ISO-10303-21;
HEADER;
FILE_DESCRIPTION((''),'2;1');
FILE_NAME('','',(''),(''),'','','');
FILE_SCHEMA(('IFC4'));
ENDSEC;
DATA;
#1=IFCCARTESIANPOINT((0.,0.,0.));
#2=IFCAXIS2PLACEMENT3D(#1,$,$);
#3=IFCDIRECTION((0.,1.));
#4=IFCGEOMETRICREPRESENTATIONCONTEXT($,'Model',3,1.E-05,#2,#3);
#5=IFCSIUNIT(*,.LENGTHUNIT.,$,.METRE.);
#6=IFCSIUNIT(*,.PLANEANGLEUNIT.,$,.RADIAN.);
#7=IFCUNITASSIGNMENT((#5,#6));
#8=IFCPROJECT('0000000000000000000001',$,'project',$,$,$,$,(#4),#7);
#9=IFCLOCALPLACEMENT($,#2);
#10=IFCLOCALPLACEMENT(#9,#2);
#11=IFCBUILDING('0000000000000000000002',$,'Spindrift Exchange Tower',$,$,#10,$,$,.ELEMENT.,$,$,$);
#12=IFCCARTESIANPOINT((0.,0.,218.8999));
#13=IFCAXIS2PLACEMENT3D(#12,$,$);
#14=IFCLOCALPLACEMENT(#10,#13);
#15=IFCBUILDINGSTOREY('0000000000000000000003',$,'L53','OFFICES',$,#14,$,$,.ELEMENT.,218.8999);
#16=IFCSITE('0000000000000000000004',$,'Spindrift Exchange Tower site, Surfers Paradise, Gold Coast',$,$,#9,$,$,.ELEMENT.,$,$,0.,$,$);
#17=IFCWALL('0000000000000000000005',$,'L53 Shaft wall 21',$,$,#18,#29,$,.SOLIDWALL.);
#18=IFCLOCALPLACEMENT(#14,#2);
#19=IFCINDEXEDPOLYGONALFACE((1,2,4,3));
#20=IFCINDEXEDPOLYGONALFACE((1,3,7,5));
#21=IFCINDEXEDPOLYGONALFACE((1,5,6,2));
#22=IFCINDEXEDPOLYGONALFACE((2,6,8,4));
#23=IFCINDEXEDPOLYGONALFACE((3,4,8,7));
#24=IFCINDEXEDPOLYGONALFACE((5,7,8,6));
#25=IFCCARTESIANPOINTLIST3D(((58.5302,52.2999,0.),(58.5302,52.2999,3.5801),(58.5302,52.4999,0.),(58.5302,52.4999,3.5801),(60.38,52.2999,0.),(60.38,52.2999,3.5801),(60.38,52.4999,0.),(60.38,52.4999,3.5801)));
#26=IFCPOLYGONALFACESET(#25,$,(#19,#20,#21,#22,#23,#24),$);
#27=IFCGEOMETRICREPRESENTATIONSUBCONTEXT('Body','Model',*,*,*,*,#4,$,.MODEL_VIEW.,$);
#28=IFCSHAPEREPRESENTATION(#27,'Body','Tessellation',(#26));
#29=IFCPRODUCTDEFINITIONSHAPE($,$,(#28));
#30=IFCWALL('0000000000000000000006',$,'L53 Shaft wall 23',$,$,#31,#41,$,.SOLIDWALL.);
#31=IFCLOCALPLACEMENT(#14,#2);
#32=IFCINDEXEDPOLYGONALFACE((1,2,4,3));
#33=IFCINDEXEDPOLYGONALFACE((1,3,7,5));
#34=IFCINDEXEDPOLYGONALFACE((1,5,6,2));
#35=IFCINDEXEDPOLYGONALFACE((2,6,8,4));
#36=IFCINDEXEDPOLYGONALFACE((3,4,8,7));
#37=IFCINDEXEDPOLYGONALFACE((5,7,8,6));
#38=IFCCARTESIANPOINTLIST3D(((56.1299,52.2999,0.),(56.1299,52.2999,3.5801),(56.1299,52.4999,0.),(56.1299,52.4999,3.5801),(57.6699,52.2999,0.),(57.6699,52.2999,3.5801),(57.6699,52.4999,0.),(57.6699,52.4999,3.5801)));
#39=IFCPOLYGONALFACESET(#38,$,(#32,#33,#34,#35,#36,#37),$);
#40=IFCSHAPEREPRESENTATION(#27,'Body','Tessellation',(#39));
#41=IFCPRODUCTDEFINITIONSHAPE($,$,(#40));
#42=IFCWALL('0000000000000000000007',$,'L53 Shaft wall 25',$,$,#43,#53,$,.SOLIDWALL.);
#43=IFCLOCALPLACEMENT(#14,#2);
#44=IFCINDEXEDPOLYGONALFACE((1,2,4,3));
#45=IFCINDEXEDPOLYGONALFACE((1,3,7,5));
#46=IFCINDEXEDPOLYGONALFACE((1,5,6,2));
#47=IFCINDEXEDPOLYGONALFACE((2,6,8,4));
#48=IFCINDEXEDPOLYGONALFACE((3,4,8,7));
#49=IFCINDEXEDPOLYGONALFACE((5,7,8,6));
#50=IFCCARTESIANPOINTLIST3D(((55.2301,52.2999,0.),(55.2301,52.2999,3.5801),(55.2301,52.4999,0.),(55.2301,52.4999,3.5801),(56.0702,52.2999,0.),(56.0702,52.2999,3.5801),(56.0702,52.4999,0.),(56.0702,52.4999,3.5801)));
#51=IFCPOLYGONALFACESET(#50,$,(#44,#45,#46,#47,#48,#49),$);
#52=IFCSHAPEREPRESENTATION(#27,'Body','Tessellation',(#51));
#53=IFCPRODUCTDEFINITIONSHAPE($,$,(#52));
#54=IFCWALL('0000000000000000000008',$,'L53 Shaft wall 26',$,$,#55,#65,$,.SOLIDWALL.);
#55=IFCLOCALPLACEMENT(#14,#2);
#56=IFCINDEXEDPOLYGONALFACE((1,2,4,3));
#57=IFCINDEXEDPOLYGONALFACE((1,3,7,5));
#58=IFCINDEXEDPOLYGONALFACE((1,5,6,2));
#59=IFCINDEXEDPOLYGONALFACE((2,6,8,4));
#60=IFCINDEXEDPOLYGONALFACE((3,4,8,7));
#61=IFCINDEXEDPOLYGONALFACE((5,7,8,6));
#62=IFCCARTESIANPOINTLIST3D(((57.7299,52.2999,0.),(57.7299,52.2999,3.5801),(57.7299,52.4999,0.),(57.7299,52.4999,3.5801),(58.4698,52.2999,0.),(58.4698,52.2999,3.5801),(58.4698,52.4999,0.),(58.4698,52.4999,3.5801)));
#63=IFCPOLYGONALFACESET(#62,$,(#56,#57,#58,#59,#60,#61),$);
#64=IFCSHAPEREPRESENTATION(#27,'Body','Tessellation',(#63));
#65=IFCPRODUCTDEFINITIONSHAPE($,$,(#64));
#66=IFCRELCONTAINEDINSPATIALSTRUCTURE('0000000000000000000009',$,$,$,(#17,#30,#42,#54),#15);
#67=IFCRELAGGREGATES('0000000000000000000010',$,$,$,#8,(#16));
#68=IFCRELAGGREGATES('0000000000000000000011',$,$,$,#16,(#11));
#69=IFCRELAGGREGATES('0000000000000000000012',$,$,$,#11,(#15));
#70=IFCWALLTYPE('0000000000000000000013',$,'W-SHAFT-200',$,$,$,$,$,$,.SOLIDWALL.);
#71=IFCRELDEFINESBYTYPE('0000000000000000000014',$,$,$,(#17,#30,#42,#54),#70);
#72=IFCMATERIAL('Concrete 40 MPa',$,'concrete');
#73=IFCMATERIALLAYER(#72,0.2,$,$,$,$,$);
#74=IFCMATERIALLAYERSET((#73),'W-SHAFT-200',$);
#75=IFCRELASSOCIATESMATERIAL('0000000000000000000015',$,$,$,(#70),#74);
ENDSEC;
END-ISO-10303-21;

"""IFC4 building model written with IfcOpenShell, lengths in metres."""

from ifc_helpers import new_model, si_unit, direction, frame, frame_2d, origin, place, context, subcontext, project, spatial, rectangle, extrude, material, layer, layer_set, type_object, element, save


model = new_model("IFC4")

# Units and contexts
model_context = context("Model", 3, precision=1e-05, world=origin(), true_north=direction((0.0, 1.0)))
body_context = subcontext(model_context, "Body", "Model", "MODEL_VIEW")
ifc_project = project(units=[si_unit("LENGTHUNIT", "METRE"), si_unit("PLANEANGLEUNIT", "RADIAN")], contexts=[model_context])

# Site, building, storey
site_placement = place(None, origin())
site = spatial("IfcSite", under=ifc_project, at=site_placement, Name="Spindrift Exchange Tower site, Surfers Paradise, Gold Coast", CompositionType="ELEMENT", RefElevation=0.0)
building_placement = place(site_placement, origin())
building = spatial("IfcBuilding", under=site, at=building_placement, Name="Spindrift Exchange Tower", CompositionType="ELEMENT")
storey_placement = place(building_placement, frame((0.0, 0.0, 218.8999)))
storey = spatial("IfcBuildingStorey", under=building, at=storey_placement, Name="L53", Description="OFFICES", CompositionType="ELEMENT", Elevation=218.8999)

# Shared definitions
ifc_material_1 = material(Name="Concrete 40 MPa", Category="concrete")
ifc_layer_1 = layer(ifc_material_1, 0.2)
ifc_layer_set_1 = layer_set([ifc_layer_1], Name="W-SHAFT-200")
wall_type_1 = type_object("IfcWallType", Name="W-SHAFT-200", PredefinedType="SOLIDWALL", material=ifc_layer_set_1)

# Walls
wall_1_placement = place(storey_placement, frame((60.3799, 52.3999, 0.0), z_axis=(0.0, 0.0, 1.0), x_axis=(-1.0, 0.0, 0.0)))
element("IfcWall", 1, at=wall_1_placement, inside=storey, type_object=wall_type_1, Name="L53 Shaft wall 21", PredefinedType="SOLIDWALL", context=body_context, shape_type="SweptSolid", body=[
    extrude(rectangle(XDim=1.8499, YDim=0.2, at=frame_2d((0.9248, 0.0))), origin(), (0.0, 0.0, 1.0), 3.5801),
])
wall_2_placement = place(storey_placement, frame((57.6699, 52.3999, 0.0), z_axis=(0.0, 0.0, 1.0), x_axis=(-1.0, 0.0, 0.0)))
element("IfcWall", 2, at=wall_2_placement, inside=storey, type_object=wall_type_1, Name="L53 Shaft wall 23", PredefinedType="SOLIDWALL", context=body_context, shape_type="SweptSolid", body=[
    extrude(rectangle(XDim=1.54, YDim=0.2, at=frame_2d((0.77, 0.0))), origin(), (0.0, 0.0, 1.0), 3.5801),
])
wall_3_placement = place(storey_placement, frame((56.0701, 52.3999, 0.0), z_axis=(0.0, 0.0, 1.0), x_axis=(-1.0, 0.0, 0.0)))
element("IfcWall", 3, at=wall_3_placement, inside=storey, type_object=wall_type_1, Name="L53 Shaft wall 25", PredefinedType="SOLIDWALL", context=body_context, shape_type="SweptSolid", body=[
    extrude(rectangle(XDim=0.8401, YDim=0.2, at=frame_2d((0.4199, 0.0))), origin(), (0.0, 0.0, 1.0), 3.5801),
])
wall_4_placement = place(storey_placement, frame((58.47, 52.3999, 0.0), z_axis=(0.0, 0.0, 1.0), x_axis=(-1.0, 0.0, 0.0)))
element("IfcWall", 4, at=wall_4_placement, inside=storey, type_object=wall_type_1, Name="L53 Shaft wall 26", PredefinedType="SOLIDWALL", context=body_context, shape_type="SweptSolid", body=[
    extrude(rectangle(XDim=0.74, YDim=0.2, at=frame_2d((0.3701, 0.0))), origin(), (0.0, 0.0, 1.0), 3.5801),
])

save(model, "model.ifc")
